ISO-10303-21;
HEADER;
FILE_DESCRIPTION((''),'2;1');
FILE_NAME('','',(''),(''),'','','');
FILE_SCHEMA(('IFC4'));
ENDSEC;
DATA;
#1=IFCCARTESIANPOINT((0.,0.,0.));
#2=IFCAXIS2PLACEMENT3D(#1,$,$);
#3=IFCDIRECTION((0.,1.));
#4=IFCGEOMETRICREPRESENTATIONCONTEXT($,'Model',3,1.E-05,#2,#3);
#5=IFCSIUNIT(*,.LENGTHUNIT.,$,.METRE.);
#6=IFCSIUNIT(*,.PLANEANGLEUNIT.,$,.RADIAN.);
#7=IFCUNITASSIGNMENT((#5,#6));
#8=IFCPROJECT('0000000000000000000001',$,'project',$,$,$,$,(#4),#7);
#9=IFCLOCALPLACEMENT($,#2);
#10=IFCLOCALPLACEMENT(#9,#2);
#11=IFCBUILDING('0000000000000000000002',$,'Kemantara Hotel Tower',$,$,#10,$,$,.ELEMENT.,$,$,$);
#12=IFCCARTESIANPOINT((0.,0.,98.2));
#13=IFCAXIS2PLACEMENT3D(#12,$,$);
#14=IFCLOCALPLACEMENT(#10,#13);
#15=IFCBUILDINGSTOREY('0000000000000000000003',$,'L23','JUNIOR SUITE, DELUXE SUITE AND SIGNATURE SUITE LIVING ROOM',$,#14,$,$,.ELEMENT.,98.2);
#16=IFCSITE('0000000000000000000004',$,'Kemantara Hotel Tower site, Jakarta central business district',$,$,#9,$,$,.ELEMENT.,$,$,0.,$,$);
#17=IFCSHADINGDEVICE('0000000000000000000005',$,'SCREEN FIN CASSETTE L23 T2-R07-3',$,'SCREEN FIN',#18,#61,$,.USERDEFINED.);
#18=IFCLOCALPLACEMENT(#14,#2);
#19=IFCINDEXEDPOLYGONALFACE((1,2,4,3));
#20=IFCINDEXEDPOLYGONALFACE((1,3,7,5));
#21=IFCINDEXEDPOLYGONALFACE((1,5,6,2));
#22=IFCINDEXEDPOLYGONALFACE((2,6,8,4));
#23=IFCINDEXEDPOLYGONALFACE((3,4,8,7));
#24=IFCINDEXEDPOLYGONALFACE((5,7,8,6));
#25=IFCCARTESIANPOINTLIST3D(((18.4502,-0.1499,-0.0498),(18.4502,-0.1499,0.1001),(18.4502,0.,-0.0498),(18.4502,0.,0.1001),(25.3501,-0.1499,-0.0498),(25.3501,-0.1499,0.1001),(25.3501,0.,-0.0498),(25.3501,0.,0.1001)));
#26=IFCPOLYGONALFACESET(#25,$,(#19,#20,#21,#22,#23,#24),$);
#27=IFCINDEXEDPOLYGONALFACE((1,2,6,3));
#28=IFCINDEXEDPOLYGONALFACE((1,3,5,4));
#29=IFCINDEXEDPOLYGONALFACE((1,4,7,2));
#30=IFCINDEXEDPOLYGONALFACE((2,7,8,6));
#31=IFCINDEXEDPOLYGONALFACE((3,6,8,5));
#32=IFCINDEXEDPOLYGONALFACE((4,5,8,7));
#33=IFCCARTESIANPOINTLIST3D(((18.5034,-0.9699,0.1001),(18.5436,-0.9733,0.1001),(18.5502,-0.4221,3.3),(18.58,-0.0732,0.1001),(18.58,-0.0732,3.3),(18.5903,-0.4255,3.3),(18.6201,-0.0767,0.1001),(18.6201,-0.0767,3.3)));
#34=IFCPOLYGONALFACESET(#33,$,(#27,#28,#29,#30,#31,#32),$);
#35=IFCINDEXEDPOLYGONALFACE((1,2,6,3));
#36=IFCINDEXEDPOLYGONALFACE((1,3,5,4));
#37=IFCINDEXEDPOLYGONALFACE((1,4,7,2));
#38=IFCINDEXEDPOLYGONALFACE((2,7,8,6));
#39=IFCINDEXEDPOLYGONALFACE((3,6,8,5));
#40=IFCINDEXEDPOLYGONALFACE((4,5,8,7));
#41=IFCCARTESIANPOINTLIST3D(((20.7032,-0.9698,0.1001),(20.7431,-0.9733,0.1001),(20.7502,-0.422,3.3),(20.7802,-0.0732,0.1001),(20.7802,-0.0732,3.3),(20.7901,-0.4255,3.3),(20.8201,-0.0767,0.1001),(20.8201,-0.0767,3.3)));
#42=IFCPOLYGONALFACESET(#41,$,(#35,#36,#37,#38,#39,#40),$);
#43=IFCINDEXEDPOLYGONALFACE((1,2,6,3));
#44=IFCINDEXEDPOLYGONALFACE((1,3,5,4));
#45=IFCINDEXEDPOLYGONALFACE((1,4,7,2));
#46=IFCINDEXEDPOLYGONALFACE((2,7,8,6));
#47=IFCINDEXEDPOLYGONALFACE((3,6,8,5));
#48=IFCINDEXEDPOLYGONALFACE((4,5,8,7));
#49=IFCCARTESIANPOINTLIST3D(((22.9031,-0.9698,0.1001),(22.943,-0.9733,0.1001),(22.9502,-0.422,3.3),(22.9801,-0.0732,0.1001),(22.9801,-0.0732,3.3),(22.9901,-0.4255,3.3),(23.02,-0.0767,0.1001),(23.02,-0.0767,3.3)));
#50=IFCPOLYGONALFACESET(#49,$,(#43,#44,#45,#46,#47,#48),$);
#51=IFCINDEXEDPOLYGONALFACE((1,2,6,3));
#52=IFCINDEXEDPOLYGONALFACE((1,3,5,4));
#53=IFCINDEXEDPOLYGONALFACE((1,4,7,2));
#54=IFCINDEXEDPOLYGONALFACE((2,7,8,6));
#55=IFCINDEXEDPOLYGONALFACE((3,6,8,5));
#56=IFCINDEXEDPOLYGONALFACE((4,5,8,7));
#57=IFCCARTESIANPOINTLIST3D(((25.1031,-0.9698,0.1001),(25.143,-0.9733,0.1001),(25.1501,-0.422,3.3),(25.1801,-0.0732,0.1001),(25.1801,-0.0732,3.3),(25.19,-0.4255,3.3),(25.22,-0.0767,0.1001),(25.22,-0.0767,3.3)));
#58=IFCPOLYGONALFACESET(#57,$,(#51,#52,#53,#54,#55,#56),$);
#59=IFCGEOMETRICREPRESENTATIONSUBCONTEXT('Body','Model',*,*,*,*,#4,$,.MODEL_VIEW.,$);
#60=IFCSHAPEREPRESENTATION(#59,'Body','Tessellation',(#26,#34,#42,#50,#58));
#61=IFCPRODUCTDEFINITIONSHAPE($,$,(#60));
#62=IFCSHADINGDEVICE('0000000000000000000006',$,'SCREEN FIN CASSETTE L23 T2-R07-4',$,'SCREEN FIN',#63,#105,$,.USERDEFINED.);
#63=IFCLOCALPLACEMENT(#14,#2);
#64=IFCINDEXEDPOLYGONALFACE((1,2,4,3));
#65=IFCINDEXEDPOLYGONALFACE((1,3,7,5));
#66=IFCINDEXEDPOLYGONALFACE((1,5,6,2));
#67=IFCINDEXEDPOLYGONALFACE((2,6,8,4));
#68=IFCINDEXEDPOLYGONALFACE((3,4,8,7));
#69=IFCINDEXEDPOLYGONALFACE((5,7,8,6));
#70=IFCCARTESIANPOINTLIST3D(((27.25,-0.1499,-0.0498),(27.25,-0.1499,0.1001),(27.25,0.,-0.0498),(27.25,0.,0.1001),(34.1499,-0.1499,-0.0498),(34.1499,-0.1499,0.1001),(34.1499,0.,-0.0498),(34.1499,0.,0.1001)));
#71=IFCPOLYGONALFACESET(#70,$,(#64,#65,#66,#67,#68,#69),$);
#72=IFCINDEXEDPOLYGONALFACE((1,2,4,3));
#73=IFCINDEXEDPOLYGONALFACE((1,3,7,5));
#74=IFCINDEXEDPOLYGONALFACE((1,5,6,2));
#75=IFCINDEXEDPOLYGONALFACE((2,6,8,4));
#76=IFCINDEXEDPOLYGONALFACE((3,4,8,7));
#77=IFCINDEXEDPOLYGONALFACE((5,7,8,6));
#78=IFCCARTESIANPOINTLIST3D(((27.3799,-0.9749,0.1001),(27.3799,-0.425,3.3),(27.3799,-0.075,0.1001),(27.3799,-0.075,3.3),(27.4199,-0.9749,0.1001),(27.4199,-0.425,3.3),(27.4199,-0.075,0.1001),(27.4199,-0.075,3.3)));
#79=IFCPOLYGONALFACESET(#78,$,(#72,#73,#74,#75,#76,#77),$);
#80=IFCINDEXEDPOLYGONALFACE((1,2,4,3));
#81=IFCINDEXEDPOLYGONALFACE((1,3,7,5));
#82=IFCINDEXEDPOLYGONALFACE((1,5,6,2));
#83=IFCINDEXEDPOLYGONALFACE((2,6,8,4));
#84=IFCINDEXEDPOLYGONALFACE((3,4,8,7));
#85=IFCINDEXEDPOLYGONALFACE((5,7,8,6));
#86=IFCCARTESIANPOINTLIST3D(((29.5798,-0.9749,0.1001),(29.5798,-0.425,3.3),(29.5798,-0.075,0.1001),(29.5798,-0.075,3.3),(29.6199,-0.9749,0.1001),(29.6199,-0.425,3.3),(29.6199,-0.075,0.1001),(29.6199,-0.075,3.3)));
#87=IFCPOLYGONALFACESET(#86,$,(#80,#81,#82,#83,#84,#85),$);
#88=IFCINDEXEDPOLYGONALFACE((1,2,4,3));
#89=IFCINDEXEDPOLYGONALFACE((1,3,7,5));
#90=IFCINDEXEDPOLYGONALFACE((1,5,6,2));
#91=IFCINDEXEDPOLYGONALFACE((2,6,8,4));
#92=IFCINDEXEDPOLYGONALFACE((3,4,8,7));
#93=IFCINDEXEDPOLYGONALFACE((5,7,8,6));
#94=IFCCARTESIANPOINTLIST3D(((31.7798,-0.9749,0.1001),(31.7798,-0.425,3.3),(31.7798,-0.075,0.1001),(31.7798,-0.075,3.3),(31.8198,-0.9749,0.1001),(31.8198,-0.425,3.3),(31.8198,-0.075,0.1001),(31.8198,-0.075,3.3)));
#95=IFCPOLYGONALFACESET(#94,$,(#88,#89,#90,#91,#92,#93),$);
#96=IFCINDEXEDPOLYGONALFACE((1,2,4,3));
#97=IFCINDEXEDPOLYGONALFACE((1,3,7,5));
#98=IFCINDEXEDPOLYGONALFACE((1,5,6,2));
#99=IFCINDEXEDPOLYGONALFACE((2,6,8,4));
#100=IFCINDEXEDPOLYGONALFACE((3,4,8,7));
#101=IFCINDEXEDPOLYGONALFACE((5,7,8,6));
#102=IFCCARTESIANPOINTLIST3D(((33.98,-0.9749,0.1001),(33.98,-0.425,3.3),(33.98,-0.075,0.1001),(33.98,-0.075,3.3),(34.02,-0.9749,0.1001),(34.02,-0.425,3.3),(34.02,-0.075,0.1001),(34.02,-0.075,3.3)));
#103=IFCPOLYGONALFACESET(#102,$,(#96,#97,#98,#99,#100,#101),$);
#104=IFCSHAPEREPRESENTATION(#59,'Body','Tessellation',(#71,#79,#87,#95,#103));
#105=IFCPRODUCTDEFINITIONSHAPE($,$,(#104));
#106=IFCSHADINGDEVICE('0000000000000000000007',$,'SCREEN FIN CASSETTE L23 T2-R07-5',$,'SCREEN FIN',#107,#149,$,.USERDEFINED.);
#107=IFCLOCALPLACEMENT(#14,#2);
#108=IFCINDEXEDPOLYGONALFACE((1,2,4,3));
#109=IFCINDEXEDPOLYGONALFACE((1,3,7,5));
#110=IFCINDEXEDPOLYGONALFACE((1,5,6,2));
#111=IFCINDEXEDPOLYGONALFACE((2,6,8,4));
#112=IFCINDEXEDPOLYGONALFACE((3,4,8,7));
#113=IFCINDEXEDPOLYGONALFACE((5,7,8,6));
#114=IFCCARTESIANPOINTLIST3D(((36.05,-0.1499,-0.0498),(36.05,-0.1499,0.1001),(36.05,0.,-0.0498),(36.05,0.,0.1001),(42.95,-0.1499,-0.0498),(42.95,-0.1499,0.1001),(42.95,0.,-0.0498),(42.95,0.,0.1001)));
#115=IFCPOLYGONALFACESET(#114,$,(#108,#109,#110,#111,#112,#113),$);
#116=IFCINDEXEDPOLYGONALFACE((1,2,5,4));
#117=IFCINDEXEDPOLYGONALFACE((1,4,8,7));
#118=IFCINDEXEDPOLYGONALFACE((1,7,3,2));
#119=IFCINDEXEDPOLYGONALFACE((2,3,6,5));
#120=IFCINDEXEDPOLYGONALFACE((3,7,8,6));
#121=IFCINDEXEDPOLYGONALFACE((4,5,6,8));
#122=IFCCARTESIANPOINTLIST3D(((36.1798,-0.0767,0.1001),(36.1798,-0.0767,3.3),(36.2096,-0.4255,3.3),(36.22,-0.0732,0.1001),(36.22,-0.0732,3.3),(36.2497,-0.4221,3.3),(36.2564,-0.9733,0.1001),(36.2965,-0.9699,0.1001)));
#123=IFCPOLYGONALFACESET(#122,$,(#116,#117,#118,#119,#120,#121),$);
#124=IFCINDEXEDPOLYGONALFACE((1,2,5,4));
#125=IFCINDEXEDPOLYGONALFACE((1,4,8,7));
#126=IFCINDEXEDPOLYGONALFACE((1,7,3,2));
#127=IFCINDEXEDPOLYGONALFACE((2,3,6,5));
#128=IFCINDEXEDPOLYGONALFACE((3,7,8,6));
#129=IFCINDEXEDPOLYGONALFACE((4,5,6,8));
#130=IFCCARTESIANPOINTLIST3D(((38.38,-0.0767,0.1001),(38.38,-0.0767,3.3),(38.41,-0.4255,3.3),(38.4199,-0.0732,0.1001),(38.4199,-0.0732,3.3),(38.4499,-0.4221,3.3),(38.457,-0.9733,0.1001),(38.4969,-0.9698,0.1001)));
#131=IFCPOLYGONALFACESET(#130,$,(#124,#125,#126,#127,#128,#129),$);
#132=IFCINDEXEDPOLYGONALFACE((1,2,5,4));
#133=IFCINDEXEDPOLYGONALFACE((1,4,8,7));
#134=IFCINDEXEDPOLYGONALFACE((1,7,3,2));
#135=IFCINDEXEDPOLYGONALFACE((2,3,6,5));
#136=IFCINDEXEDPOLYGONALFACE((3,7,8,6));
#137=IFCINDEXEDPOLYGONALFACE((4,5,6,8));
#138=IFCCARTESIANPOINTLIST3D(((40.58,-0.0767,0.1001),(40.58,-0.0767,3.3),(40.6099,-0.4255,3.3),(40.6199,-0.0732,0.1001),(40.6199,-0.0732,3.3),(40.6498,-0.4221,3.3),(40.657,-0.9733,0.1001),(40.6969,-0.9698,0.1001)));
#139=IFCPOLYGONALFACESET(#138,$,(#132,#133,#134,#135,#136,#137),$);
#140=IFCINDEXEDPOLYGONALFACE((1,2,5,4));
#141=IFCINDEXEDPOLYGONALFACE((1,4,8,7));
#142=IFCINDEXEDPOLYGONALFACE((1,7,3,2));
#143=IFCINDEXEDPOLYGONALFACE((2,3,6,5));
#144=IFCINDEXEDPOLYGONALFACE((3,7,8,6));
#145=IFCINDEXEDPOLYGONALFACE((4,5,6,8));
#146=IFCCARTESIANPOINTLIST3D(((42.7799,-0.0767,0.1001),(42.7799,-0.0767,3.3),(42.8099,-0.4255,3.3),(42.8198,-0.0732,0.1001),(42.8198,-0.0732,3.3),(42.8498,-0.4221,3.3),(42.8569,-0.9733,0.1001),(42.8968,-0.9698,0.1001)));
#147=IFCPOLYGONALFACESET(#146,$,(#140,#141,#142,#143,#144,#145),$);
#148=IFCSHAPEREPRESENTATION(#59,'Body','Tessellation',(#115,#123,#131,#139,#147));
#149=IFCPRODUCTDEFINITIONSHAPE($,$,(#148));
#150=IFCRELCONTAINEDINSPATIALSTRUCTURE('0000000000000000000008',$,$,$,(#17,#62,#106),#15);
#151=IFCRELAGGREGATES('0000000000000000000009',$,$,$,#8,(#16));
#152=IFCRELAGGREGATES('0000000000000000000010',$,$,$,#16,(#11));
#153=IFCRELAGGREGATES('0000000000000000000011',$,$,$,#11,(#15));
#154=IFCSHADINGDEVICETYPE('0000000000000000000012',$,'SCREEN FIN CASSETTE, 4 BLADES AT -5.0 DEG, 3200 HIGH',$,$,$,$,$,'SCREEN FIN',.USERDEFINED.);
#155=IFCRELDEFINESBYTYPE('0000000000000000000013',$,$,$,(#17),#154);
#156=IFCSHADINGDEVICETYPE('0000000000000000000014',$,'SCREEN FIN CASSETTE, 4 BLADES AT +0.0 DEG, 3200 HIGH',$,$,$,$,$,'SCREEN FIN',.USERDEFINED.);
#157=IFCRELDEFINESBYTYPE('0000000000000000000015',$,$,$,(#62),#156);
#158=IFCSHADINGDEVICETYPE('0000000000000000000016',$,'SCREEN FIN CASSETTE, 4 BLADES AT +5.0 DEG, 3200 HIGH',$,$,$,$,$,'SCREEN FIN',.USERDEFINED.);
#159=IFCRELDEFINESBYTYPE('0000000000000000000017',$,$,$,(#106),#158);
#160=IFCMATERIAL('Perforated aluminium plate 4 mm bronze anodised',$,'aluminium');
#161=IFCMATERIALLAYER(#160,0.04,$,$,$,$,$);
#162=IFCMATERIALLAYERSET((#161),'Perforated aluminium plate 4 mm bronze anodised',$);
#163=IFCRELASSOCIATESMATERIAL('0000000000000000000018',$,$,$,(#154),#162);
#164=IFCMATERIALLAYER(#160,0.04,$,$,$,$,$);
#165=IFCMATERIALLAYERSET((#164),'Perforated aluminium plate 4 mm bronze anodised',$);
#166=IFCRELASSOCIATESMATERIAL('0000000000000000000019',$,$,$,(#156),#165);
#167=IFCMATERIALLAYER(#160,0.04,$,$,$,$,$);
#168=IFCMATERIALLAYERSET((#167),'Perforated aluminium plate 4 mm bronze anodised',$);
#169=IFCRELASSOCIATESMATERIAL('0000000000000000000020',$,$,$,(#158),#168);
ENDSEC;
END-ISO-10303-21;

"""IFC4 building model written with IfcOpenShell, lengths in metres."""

from ifc_helpers import new_model, si_unit, direction, frame, origin, origin_2d, place, context, subcontext, project, spatial, polyline, rectangle, outline, extrude, source, transform, mapped, material, layer, layer_set, type_object, element, save


model = new_model("IFC4")

# Units and contexts
model_context = context("Model", 3, precision=1e-05, world=origin(), true_north=direction((0.0, 1.0)))
body_context = subcontext(model_context, "Body", "Model", "MODEL_VIEW")
ifc_project = project(units=[si_unit("LENGTHUNIT", "METRE"), si_unit("PLANEANGLEUNIT", "RADIAN")], contexts=[model_context])

# Site, building, storey
site_placement = place(None, origin())
site = spatial("IfcSite", under=ifc_project, at=site_placement, Name="Kemantara Hotel Tower site, Jakarta central business district", CompositionType="ELEMENT", RefElevation=0.0)
building_placement = place(site_placement, origin())
building = spatial("IfcBuilding", under=site, at=building_placement, Name="Kemantara Hotel Tower", CompositionType="ELEMENT")
storey_placement = place(building_placement, frame((0.0, 0.0, 98.2)))
storey = spatial("IfcBuildingStorey", under=building, at=storey_placement, Name="L23", Description="JUNIOR SUITE, DELUXE SUITE AND SIGNATURE SUITE LIVING ROOM", CompositionType="ELEMENT", Elevation=98.2)

# Shading devices
ifc_material_1 = material(Name="Perforated aluminium plate 4 mm bronze anodised", Category="aluminium")
ifc_layer_1 = layer(ifc_material_1, 0.04)
ifc_layer_set_1 = layer_set([ifc_layer_1], Name="Perforated aluminium plate 4 mm bronze anodised")
shading_device_type_1 = type_object("IfcShadingDeviceType", Name="SCREEN FIN CASSETTE, 4 BLADES AT -5.0 DEG, 3200 HIGH", ElementType="SCREEN FIN", PredefinedType="USERDEFINED", material=ifc_layer_set_1)
shared_shape_1 = source(origin(), body_context, "Body", "SweptSolid", [
    extrude(rectangle(XDim=6.8999, YDim=0.1499, at=origin_2d()), frame((3.3, -0.075, -0.1499), z_axis=(0.0, 0.0, 1.0), x_axis=(1.0, 0.0, 0.0)), (0.0, 0.0, 1.0), 0.1499),
    extrude(outline(polyline([(0.0, 0.0), (0.8999, 0.0), (0.3501, 3.2), (0.0, 3.2), (0.0, 0.0)])), frame((0.02, -0.0767, 0.0), z_axis=(-0.996376, 0.085056, 0.0), x_axis=(-0.085056, -0.996376, 0.0)), (0.0, 0.0, 1.0), 0.0403),
    extrude(outline(polyline([(0.0, 0.0), (0.8999, 0.0), (0.3501, 3.2), (0.0, 3.2), (0.0, 0.0)])), frame((2.22, -0.0767, 0.0), z_axis=(-0.996332, 0.085575, 0.0), x_axis=(-0.085575, -0.996332, 0.0)), (0.0, 0.0, 1.0), 0.04),
    extrude(outline(polyline([(0.0, 0.0), (0.8999, 0.0), (0.3501, 3.2), (0.0, 3.2), (0.0, 0.0)])), frame((4.4199, -0.0767, 0.0), z_axis=(-0.996332, 0.085575, 0.0), x_axis=(-0.085575, -0.996332, 0.0)), (0.0, 0.0, 1.0), 0.04),
    extrude(outline(polyline([(0.0, 0.0), (0.8999, 0.0), (0.3501, 3.2), (0.0, 3.2), (0.0, 0.0)])), frame((6.6199, -0.0767, 0.0), z_axis=(-0.996332, 0.085575, 0.0), x_axis=(-0.085575, -0.996332, 0.0)), (0.0, 0.0, 1.0), 0.04),
])
shading_device_1_placement = place(storey_placement, frame((18.6001, 0.0, 0.1001), z_axis=(0.0, 0.0, 1.0), x_axis=(1.0, 0.0, 0.0)))
element("IfcShadingDevice", 1, at=shading_device_1_placement, inside=storey, type_object=shading_device_type_1, Name="SCREEN FIN CASSETTE L23 T2-R07-3", ObjectType="SCREEN FIN", PredefinedType="USERDEFINED", context=body_context, shape_type="MappedRepresentation", body=[
    mapped(shared_shape_1, transform((0.0, 0.0, 0.0))),
])
ifc_layer_2 = layer(ifc_material_1, 0.04)
ifc_layer_set_2 = layer_set([ifc_layer_2], Name="Perforated aluminium plate 4 mm bronze anodised")
shading_device_type_2 = type_object("IfcShadingDeviceType", Name="SCREEN FIN CASSETTE, 4 BLADES AT +0.0 DEG, 3200 HIGH", ElementType="SCREEN FIN", PredefinedType="USERDEFINED", material=ifc_layer_set_2)
shared_shape_2 = source(origin(), body_context, "Body", "SweptSolid", [
    extrude(rectangle(XDim=6.8999, YDim=0.1499, at=origin_2d()), frame((3.3, -0.075, -0.1499), z_axis=(0.0, 0.0, 1.0), x_axis=(1.0, 0.0, 0.0)), (0.0, 0.0, 1.0), 0.1499),
    extrude(outline(polyline([(0.0, 0.0), (0.8999, 0.0), (0.3501, 3.2), (0.0, 3.2), (0.0, 0.0)])), frame((0.02, -0.075, 0.0), z_axis=(-1.0, 0.0, 0.0), x_axis=(0.0, -1.0, 0.0)), (0.0, 0.0, 1.0), 0.04),
    extrude(outline(polyline([(0.0, 0.0), (0.8999, 0.0), (0.3501, 3.2), (0.0, 3.2), (0.0, 0.0)])), frame((2.22, -0.075, 0.0), z_axis=(-1.0, 0.0, 0.0), x_axis=(0.0, -1.0, 0.0)), (0.0, 0.0, 1.0), 0.04),
    extrude(outline(polyline([(0.0, 0.0), (0.8999, 0.0), (0.3501, 3.2), (0.0, 3.2), (0.0, 0.0)])), frame((4.4199, -0.075, 0.0), z_axis=(-1.0, 0.0, 0.0), x_axis=(0.0, -1.0, 0.0)), (0.0, 0.0, 1.0), 0.04),
    extrude(outline(polyline([(0.0, 0.0), (0.8999, 0.0), (0.3501, 3.2), (0.0, 3.2), (0.0, 0.0)])), frame((6.6201, -0.075, 0.0), z_axis=(-1.0, 0.0, 0.0), x_axis=(0.0, -1.0, 0.0)), (0.0, 0.0, 1.0), 0.04),
])
shading_device_2_placement = place(storey_placement, frame((27.3999, 0.0, 0.1001), z_axis=(0.0, 0.0, 1.0), x_axis=(1.0, 0.0, 0.0)))
element("IfcShadingDevice", 2, at=shading_device_2_placement, inside=storey, type_object=shading_device_type_2, Name="SCREEN FIN CASSETTE L23 T2-R07-4", ObjectType="SCREEN FIN", PredefinedType="USERDEFINED", context=body_context, shape_type="MappedRepresentation", body=[
    mapped(shared_shape_2, transform((0.0, 0.0, 0.0))),
])
ifc_layer_3 = layer(ifc_material_1, 0.04)
ifc_layer_set_3 = layer_set([ifc_layer_3], Name="Perforated aluminium plate 4 mm bronze anodised")
shading_device_type_3 = type_object("IfcShadingDeviceType", Name="SCREEN FIN CASSETTE, 4 BLADES AT +5.0 DEG, 3200 HIGH", ElementType="SCREEN FIN", PredefinedType="USERDEFINED", material=ifc_layer_set_3)
shared_shape_3 = source(origin(), body_context, "Body", "SweptSolid", [
    extrude(rectangle(XDim=6.8999, YDim=0.1499, at=origin_2d()), frame((3.3, -0.075, -0.1499), z_axis=(0.0, 0.0, 1.0), x_axis=(1.0, 0.0, 0.0)), (0.0, 0.0, 1.0), 0.1499),
    extrude(outline(polyline([(0.0, 0.0), (0.8999, 0.0), (0.3501, 3.2), (0.0, 3.2), (0.0, 0.0)])), frame((0.02, -0.0732, 0.0), z_axis=(-0.996376, -0.085056, 0.0), x_axis=(0.085056, -0.996376, 0.0)), (0.0, 0.0, 1.0), 0.0403),
    extrude(outline(polyline([(0.0, 0.0), (0.8999, 0.0), (0.3501, 3.2), (0.0, 3.2), (0.0, 0.0)])), frame((2.22, -0.0732, 0.0), z_axis=(-0.996332, -0.085575, 0.0), x_axis=(0.085575, -0.996332, 0.0)), (0.0, 0.0, 1.0), 0.04),
    extrude(outline(polyline([(0.0, 0.0), (0.8999, 0.0), (0.3501, 3.2), (0.0, 3.2), (0.0, 0.0)])), frame((4.4199, -0.0732, 0.0), z_axis=(-0.996332, -0.085575, 0.0), x_axis=(0.085575, -0.996332, 0.0)), (0.0, 0.0, 1.0), 0.04),
    extrude(outline(polyline([(0.0, 0.0), (0.8999, 0.0), (0.3501, 3.2), (0.0, 3.2), (0.0, 0.0)])), frame((6.6199, -0.0732, 0.0), z_axis=(-0.996332, -0.085575, 0.0), x_axis=(0.085575, -0.996332, 0.0)), (0.0, 0.0, 1.0), 0.04),
])
shading_device_3_placement = place(storey_placement, frame((36.2, 0.0, 0.1001), z_axis=(0.0, 0.0, 1.0), x_axis=(1.0, 0.0, 0.0)))
element("IfcShadingDevice", 3, at=shading_device_3_placement, inside=storey, type_object=shading_device_type_3, Name="SCREEN FIN CASSETTE L23 T2-R07-5", ObjectType="SCREEN FIN", PredefinedType="USERDEFINED", context=body_context, shape_type="MappedRepresentation", body=[
    mapped(shared_shape_3, transform((0.0, 0.0, 0.0))),
])

save(model, "model.ifc")
